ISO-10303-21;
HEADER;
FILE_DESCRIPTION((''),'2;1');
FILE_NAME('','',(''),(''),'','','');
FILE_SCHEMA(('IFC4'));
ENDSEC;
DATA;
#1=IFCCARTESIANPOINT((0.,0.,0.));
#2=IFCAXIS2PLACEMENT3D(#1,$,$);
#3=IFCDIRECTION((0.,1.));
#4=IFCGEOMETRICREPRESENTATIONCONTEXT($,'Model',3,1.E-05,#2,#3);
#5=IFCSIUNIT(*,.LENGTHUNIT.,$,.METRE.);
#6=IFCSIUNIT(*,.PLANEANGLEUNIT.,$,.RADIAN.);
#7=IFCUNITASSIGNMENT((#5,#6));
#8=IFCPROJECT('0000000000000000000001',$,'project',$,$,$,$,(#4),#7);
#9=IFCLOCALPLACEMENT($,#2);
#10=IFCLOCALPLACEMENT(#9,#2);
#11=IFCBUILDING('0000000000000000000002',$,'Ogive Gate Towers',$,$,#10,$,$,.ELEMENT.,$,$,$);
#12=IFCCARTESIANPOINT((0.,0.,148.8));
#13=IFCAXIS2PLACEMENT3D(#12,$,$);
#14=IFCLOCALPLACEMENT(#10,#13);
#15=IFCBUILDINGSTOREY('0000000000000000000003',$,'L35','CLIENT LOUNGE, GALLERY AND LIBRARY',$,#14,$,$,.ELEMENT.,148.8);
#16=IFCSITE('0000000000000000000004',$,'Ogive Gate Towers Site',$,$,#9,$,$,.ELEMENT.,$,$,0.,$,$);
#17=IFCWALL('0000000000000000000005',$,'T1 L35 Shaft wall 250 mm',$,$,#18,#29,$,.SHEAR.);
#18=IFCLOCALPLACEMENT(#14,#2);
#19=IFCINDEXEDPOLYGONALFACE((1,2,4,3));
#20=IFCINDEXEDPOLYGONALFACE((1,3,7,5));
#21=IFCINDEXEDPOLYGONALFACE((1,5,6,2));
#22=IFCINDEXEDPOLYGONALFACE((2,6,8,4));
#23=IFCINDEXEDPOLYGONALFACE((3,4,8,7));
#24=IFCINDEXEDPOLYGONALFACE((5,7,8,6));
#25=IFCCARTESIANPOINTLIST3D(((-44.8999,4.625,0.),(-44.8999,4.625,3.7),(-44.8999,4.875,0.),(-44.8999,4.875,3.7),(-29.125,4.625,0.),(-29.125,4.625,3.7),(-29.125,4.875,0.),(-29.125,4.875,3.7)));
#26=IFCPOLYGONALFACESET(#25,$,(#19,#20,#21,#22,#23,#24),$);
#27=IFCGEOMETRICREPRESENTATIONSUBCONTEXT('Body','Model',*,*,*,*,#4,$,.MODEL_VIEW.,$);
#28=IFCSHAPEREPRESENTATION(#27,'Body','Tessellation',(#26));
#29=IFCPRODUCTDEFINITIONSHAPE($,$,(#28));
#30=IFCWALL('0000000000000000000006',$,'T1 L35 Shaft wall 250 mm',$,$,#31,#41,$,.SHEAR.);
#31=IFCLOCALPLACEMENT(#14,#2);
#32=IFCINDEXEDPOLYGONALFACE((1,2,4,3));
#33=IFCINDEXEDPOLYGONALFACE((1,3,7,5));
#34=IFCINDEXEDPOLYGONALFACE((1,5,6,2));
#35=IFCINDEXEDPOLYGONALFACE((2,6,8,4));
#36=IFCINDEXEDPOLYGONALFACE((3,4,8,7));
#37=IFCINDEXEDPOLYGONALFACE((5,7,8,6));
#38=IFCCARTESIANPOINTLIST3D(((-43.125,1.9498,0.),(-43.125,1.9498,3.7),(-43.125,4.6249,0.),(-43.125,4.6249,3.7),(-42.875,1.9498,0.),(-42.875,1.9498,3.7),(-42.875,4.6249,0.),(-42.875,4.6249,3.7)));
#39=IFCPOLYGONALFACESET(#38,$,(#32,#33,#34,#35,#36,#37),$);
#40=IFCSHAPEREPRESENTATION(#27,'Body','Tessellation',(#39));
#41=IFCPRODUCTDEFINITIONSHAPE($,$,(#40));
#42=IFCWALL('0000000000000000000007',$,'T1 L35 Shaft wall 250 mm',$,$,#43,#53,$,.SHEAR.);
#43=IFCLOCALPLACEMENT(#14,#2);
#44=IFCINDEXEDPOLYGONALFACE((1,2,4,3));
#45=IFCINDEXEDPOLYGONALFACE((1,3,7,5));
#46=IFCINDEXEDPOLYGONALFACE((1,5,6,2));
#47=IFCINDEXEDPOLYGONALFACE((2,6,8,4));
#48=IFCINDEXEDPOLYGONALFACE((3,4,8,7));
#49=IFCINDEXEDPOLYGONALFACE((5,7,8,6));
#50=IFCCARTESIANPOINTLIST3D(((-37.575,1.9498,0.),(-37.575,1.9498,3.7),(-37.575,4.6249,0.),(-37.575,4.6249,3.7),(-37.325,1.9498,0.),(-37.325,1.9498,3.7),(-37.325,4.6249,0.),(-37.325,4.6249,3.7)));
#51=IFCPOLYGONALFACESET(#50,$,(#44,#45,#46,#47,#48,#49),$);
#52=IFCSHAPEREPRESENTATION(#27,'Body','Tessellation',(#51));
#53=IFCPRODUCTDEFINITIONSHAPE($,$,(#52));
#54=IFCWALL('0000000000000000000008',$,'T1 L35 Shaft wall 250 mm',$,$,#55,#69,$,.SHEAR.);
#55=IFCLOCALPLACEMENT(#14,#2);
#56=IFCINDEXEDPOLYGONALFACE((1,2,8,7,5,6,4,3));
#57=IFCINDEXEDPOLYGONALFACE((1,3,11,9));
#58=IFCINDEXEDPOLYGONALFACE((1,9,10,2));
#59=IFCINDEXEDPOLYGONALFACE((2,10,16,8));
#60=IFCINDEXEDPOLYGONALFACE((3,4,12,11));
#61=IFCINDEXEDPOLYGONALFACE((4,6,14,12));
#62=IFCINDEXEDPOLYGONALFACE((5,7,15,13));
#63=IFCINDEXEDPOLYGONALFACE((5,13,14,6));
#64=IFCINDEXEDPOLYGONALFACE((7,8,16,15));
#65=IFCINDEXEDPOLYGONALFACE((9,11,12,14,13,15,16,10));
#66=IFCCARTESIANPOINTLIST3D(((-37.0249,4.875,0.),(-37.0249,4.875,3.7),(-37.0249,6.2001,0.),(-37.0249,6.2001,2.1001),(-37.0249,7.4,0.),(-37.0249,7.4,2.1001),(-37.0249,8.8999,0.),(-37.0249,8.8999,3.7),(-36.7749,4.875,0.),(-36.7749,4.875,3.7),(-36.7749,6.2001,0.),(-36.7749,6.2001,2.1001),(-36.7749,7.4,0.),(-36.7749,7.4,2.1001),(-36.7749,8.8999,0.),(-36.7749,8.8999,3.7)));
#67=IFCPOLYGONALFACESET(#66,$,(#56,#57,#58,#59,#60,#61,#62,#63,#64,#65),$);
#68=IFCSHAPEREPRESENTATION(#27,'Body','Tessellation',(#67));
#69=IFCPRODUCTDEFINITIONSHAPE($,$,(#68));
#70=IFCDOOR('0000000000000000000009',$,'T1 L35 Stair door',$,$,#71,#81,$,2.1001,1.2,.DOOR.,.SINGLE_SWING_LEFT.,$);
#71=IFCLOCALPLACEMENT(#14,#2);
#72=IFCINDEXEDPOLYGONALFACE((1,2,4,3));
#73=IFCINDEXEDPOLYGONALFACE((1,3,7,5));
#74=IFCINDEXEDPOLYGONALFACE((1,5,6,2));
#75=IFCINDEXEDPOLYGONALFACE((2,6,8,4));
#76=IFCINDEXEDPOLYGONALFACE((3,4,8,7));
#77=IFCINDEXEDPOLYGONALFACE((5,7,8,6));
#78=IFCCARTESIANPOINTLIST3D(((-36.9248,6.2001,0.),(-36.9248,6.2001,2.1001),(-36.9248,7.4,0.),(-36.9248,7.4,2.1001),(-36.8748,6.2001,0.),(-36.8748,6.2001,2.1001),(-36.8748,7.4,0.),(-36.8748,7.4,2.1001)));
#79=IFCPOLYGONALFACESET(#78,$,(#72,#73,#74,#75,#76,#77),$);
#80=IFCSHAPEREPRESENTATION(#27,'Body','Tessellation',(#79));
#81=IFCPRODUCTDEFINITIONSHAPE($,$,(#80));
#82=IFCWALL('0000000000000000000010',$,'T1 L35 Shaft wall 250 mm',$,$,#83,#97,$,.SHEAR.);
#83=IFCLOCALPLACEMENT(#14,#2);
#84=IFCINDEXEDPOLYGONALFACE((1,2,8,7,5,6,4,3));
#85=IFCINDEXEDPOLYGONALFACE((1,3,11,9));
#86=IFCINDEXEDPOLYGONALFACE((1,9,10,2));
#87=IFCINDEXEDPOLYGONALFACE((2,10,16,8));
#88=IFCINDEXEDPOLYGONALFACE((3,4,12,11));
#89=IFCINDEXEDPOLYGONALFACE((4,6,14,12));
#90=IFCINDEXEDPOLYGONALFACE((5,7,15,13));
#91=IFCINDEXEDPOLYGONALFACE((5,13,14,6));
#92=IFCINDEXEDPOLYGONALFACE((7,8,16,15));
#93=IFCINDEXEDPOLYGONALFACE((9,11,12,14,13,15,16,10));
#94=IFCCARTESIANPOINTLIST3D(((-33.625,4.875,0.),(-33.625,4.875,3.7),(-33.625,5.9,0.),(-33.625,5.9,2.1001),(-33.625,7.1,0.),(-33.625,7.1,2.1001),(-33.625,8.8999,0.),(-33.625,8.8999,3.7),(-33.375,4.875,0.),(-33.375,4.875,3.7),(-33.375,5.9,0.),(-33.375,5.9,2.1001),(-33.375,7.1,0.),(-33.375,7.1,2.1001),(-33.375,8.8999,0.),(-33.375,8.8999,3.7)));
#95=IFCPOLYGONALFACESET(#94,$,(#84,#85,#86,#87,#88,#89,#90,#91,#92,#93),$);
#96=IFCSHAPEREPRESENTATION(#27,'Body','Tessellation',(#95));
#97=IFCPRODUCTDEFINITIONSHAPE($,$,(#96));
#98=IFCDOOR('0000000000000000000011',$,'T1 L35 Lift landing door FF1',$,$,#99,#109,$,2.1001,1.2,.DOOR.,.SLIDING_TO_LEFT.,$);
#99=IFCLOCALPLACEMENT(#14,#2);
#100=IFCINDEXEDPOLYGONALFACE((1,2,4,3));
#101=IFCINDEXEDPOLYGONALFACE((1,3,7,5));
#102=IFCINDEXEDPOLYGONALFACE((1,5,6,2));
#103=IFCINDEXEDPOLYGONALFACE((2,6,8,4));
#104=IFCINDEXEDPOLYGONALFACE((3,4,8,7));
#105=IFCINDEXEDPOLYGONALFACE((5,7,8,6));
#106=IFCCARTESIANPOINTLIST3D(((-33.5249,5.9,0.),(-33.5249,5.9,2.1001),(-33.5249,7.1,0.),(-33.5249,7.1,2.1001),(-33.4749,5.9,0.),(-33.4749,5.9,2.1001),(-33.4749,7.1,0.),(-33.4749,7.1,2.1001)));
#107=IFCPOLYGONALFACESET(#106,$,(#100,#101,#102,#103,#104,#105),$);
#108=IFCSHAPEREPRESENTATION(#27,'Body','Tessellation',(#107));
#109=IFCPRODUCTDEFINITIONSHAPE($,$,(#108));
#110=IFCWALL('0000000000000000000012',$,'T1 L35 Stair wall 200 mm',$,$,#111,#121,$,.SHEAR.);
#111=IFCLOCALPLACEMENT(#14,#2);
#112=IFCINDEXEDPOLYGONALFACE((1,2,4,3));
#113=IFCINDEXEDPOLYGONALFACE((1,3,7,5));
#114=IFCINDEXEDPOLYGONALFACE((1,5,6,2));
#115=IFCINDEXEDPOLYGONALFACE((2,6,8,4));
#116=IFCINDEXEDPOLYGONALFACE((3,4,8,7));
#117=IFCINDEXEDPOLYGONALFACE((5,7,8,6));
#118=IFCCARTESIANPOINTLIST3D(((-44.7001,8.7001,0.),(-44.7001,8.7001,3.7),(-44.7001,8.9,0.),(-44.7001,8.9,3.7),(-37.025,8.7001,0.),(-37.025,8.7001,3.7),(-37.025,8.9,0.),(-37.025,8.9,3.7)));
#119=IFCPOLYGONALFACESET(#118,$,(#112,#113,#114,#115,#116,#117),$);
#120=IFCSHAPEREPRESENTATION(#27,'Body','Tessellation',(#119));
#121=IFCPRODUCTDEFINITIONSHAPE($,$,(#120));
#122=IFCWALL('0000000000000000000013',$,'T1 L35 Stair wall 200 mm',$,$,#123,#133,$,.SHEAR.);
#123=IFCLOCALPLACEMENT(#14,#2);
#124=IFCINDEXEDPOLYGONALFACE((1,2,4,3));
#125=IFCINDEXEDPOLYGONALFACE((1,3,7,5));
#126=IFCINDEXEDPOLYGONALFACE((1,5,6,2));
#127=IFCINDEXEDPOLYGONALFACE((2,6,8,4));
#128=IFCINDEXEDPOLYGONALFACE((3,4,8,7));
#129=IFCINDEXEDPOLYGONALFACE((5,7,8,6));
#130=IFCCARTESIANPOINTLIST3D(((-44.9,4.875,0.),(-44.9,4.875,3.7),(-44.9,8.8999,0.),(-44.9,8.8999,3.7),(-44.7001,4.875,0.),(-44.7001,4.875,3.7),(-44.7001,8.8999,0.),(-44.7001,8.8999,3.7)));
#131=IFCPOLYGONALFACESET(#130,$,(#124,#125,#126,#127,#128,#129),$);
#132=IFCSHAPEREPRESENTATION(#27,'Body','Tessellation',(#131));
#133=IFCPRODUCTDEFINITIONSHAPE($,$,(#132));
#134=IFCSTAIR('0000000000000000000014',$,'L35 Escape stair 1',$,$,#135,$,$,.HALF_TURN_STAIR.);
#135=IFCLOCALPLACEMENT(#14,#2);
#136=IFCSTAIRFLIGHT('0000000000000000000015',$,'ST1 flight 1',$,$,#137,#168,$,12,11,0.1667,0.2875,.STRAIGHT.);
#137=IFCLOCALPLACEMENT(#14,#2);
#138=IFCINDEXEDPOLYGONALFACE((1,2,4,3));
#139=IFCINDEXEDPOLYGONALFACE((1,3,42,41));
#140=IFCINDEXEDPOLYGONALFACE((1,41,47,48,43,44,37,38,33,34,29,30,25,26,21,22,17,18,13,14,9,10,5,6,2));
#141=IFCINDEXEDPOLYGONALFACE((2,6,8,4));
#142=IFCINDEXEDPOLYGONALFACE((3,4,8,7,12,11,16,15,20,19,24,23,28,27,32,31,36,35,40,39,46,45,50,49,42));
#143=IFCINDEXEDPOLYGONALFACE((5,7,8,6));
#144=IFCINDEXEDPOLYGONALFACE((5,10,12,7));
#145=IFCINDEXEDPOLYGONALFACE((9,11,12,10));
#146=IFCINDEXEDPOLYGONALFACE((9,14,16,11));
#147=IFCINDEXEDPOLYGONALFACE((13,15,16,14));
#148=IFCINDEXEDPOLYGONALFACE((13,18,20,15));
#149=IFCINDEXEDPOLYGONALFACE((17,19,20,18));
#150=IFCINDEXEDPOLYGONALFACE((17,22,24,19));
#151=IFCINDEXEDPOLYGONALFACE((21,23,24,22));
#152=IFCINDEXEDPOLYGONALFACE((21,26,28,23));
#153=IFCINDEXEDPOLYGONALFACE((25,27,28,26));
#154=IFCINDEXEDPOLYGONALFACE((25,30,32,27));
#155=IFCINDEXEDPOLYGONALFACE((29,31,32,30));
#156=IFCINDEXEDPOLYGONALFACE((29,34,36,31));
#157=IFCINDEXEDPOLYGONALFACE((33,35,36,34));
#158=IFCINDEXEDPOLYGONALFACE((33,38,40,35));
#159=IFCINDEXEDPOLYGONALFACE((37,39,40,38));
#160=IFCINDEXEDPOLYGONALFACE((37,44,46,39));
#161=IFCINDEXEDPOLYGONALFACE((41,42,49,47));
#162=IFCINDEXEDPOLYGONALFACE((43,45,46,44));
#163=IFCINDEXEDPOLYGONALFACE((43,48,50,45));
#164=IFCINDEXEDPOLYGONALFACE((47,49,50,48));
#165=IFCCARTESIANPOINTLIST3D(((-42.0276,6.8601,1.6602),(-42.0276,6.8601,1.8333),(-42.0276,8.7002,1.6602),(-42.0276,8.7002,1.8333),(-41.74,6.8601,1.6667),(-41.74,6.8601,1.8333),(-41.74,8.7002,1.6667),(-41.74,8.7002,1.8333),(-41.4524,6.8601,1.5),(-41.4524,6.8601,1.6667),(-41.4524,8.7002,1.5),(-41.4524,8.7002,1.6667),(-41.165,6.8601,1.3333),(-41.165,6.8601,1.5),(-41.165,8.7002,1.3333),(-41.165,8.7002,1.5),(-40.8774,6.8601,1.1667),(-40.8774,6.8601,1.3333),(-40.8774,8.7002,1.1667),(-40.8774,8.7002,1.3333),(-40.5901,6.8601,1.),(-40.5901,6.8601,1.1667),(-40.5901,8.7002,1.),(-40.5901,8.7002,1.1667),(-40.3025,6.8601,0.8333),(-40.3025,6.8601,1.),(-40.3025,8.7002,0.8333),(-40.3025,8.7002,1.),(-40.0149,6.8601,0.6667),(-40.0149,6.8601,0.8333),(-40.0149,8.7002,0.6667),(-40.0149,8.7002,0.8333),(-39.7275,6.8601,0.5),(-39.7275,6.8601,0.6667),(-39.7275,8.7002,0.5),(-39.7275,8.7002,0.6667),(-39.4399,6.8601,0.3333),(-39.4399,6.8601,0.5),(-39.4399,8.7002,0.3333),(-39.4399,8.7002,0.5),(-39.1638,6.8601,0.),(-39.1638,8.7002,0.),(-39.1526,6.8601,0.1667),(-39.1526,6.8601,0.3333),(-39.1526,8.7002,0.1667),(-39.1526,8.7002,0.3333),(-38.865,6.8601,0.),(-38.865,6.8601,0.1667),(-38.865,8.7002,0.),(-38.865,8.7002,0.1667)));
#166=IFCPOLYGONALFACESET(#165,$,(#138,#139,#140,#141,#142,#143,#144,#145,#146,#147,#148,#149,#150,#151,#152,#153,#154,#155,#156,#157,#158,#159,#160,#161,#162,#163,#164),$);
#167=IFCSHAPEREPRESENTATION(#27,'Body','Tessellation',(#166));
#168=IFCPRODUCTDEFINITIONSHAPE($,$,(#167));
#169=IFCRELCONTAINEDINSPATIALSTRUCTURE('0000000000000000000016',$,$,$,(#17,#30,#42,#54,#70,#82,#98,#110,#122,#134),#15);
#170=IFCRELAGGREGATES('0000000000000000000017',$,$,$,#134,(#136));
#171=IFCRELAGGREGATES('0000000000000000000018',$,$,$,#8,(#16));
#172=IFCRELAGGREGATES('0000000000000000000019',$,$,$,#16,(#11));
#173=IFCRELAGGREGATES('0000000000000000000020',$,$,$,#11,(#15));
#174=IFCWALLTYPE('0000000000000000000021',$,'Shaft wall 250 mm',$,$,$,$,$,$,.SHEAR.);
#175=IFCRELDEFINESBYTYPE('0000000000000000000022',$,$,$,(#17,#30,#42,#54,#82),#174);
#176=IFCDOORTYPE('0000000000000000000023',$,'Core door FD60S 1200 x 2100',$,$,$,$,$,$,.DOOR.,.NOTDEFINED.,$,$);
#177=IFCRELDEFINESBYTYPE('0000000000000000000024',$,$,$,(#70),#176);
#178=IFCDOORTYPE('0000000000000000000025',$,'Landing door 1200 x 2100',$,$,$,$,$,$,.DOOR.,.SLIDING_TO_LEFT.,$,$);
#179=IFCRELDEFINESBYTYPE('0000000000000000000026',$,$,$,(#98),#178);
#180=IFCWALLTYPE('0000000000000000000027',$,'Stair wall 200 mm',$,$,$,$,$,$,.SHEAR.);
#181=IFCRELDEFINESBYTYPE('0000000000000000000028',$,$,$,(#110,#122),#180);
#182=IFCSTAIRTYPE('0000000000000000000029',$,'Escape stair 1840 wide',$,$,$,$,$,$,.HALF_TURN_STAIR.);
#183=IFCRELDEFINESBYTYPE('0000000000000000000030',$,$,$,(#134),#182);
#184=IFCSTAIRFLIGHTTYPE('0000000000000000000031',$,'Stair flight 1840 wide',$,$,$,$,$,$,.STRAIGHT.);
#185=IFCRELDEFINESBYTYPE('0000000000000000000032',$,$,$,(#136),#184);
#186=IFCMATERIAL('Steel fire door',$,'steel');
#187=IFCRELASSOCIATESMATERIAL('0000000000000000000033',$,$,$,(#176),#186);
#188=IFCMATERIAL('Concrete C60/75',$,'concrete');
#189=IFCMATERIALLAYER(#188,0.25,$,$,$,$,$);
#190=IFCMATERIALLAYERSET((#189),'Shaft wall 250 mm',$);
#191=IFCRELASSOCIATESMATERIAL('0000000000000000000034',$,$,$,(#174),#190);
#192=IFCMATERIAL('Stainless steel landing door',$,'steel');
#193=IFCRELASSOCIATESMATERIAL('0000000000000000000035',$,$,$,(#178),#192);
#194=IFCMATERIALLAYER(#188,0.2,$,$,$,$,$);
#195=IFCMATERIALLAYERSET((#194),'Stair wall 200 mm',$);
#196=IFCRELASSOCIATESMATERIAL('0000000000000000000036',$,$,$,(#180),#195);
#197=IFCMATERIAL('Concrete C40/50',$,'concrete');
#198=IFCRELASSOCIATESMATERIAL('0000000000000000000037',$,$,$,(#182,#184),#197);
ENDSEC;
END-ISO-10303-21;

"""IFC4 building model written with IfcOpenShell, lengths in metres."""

from ifc_helpers import new_model, si_unit, direction, frame, frame_2d, origin, place, context, subcontext, project, spatial, polyline, rectangle, outline, extrude, material, layer, layer_set, type_object, element, fill, aggregate, save


model = new_model("IFC4")

# Units and contexts
model_context = context("Model", 3, precision=1e-05, world=origin(), true_north=direction((0.0, 1.0)))
body_context = subcontext(model_context, "Body", "Model", "MODEL_VIEW")
ifc_project = project(units=[si_unit("LENGTHUNIT", "METRE"), si_unit("PLANEANGLEUNIT", "RADIAN")], contexts=[model_context])

# Site, building, storey
site_placement = place(None, origin())
site = spatial("IfcSite", under=ifc_project, at=site_placement, Name="Ogive Gate Towers Site", CompositionType="ELEMENT", RefElevation=0.0)
building_placement = place(site_placement, origin())
building = spatial("IfcBuilding", under=site, at=building_placement, Name="Ogive Gate Towers", CompositionType="ELEMENT")
storey_placement = place(building_placement, frame((0.0, 0.0, 148.8)))
storey = spatial("IfcBuildingStorey", under=building, at=storey_placement, Name="L35", Description="CLIENT LOUNGE, GALLERY AND LIBRARY", CompositionType="ELEMENT", Elevation=148.8)

# Shared definitions
ifc_material_1 = material(Name="Concrete C60/75", Category="concrete")
ifc_material_2 = material(Name="Steel fire door", Category="steel")
door_type_1 = type_object("IfcDoorType", Name="Core door FD60S 1200 x 2100", OperationType="NOTDEFINED", PredefinedType="DOOR", material=ifc_material_2)

# Walls
ifc_layer_1 = layer(ifc_material_1, 0.25)
ifc_layer_set_1 = layer_set([ifc_layer_1], Name="Shaft wall 250 mm")
wall_type_1 = type_object("IfcWallType", Name="Shaft wall 250 mm", PredefinedType="SHEAR", material=ifc_layer_set_1)
wall_1_placement = place(storey_placement, frame((-44.8999, 4.75, 0.0), z_axis=(0.0, 0.0, 1.0), x_axis=(1.0, 0.0, 0.0)))
element("IfcWall", 1, at=wall_1_placement, inside=storey, type_object=wall_type_1, Name="T1 L35 Shaft wall 250 mm", PredefinedType="SHEAR", context=body_context, shape_type="SweptSolid", body=[
    extrude(rectangle(XDim=15.7749, YDim=0.25, at=frame_2d((7.8875, 0.0))), origin(), (0.0, 0.0, 1.0), 3.7),
])
for number, where, z_axis, x_axis, name in (
    (2, (-43.0, 1.95, 0.0), (0.0, 0.0, 1.0), (0.0, 1.0, 0.0), "T1 L35 Shaft wall 250 mm"),
    (3, (-37.45, 1.95, 0.0), (0.0, 0.0, 1.0), (0.0, 1.0, 0.0), "T1 L35 Shaft wall 250 mm"),
):
    element("IfcWall", number, at=place(storey_placement, frame(where, z_axis=z_axis, x_axis=x_axis)), inside=storey, type_object=wall_type_1, Name=name, PredefinedType="SHEAR", context=body_context, shape_type="SweptSolid", body=[
        extrude(rectangle(XDim=2.675, YDim=0.25, at=frame_2d((1.3374, 0.0))), origin(), (0.0, 0.0, 1.0), 3.7),
    ])

# Walls, openings, doors
wall_2_placement = place(storey_placement, frame((-36.8999, 4.875, 0.0), z_axis=(0.0, 0.0, 1.0), x_axis=(0.0, 1.0, 0.0)))
wall_2 = element("IfcWall", 4, at=wall_2_placement, inside=storey, type_object=wall_type_1, Name="T1 L35 Shaft wall 250 mm", PredefinedType="SHEAR", context=body_context, shape_type="SweptSolid", body=[
    extrude(rectangle(XDim=4.0249, YDim=0.25, at=frame_2d((2.0125, 0.0))), origin(), (0.0, 0.0, 1.0), 3.7),
])
opening_1_placement = place(wall_2_placement, frame((1.325, 0.0, 0.0)))
opening_1 = element("IfcOpeningElement", 5, at=opening_1_placement, cuts=wall_2, PredefinedType="OPENING", context=body_context, shape_type="SweptSolid", body=[
    extrude(rectangle(XDim=1.2, YDim=2.1001, at=frame_2d((0.6001, 1.05))), frame((0.0, 0.135, 0.0), z_axis=(0.0, -1.0, 0.0), x_axis=(1.0, 0.0, 0.0)), (0.0, 0.0, 1.0), 0.27),
])
door_1_placement = place(opening_1_placement, origin())
door_1 = element("IfcDoor", 6, at=door_1_placement, inside=storey, type_object=door_type_1, Name="T1 L35 Stair door", OperationType="SINGLE_SWING_LEFT", OverallHeight=2.1001, OverallWidth=1.2, PredefinedType="DOOR", context=body_context, shape_type="SweptSolid", body=[
    extrude(rectangle(XDim=1.2, YDim=2.1001, at=frame_2d((0.6001, 1.05))), frame((0.0, 0.0249, 0.0), z_axis=(0.0, -1.0, 0.0), x_axis=(1.0, 0.0, 0.0)), (0.0, 0.0, 1.0), 0.05),
])
fill(opening_1, door_1)
wall_3_placement = place(storey_placement, frame((-33.5, 4.875, 0.0), z_axis=(0.0, 0.0, 1.0), x_axis=(0.0, 1.0, 0.0)))
wall_3 = element("IfcWall", 7, at=wall_3_placement, inside=storey, type_object=wall_type_1, Name="T1 L35 Shaft wall 250 mm", PredefinedType="SHEAR", context=body_context, shape_type="SweptSolid", body=[
    extrude(rectangle(XDim=4.0249, YDim=0.25, at=frame_2d((2.0125, 0.0))), origin(), (0.0, 0.0, 1.0), 3.7),
])
opening_2_placement = place(wall_3_placement, frame((1.0249, 0.0, 0.0)))
opening_2 = element("IfcOpeningElement", 8, at=opening_2_placement, cuts=wall_3, PredefinedType="OPENING", context=body_context, shape_type="SweptSolid", body=[
    extrude(rectangle(XDim=1.2, YDim=2.1001, at=frame_2d((0.6001, 1.05))), frame((0.0, 0.135, 0.0), z_axis=(0.0, -1.0, 0.0), x_axis=(1.0, 0.0, 0.0)), (0.0, 0.0, 1.0), 0.27),
])
ifc_material_3 = material(Name="Stainless steel landing door", Category="steel")
door_type_2 = type_object("IfcDoorType", Name="Landing door 1200 x 2100", OperationType="SLIDING_TO_LEFT", PredefinedType="DOOR", material=ifc_material_3)
door_2_placement = place(opening_2_placement, origin())
door_2 = element("IfcDoor", 9, at=door_2_placement, inside=storey, type_object=door_type_2, Name="T1 L35 Lift landing door FF1", OperationType="SLIDING_TO_LEFT", OverallHeight=2.1001, OverallWidth=1.2, PredefinedType="DOOR", context=body_context, shape_type="SweptSolid", body=[
    extrude(rectangle(XDim=1.2, YDim=2.1001, at=frame_2d((0.6001, 1.05))), frame((0.0, 0.0249, 0.0), z_axis=(0.0, -1.0, 0.0), x_axis=(1.0, 0.0, 0.0)), (0.0, 0.0, 1.0), 0.05),
])
fill(opening_2, door_2)

# Walls
ifc_layer_2 = layer(ifc_material_1, 0.2)
ifc_layer_set_2 = layer_set([ifc_layer_2], Name="Stair wall 200 mm")
wall_type_2 = type_object("IfcWallType", Name="Stair wall 200 mm", PredefinedType="SHEAR", material=ifc_layer_set_2)
wall_4_placement = place(storey_placement, frame((-44.7, 8.8, 0.0), z_axis=(0.0, 0.0, 1.0), x_axis=(1.0, 0.0, 0.0)))
element("IfcWall", 10, at=wall_4_placement, inside=storey, type_object=wall_type_2, Name="T1 L35 Stair wall 200 mm", PredefinedType="SHEAR", context=body_context, shape_type="SweptSolid", body=[
    extrude(rectangle(XDim=7.675, YDim=0.2, at=frame_2d((3.8374, 0.0))), origin(), (0.0, 0.0, 1.0), 3.7),
])
wall_5_placement = place(storey_placement, frame((-44.8, 4.875, 0.0), z_axis=(0.0, 0.0, 1.0), x_axis=(0.0, 1.0, 0.0)))
element("IfcWall", 11, at=wall_5_placement, inside=storey, type_object=wall_type_2, Name="T1 L35 Stair wall 200 mm", PredefinedType="SHEAR", context=body_context, shape_type="SweptSolid", body=[
    extrude(rectangle(XDim=4.0249, YDim=0.2, at=frame_2d((2.0125, 0.0))), origin(), (0.0, 0.0, 1.0), 3.7),
])

# Stair, stair flight
ifc_material_4 = material(Name="Concrete C40/50", Category="concrete")
stair_type = type_object("IfcStairType", Name="Escape stair 1840 wide", PredefinedType="HALF_TURN_STAIR", material=ifc_material_4)
stair_placement = place(storey_placement, origin())
stair = element("IfcStair", 12, at=stair_placement, inside=storey, type_object=stair_type, Name="L35 Escape stair 1", PredefinedType="HALF_TURN_STAIR")
stair_flight_type = type_object("IfcStairFlightType", Name="Stair flight 1840 wide", PredefinedType="STRAIGHT", material=ifc_material_4)
stair_flight_1_placement = place(storey_placement, frame((-38.865, 7.78, 0.0), z_axis=(0.0, 0.0, 1.0), x_axis=(-1.0, 0.0, 0.0)))
stair_flight_1 = element("IfcStairFlight", 13, at=stair_flight_1_placement, type_object=stair_flight_type, Name="ST1 flight 1", NumberOfRisers=12, NumberOfTreads=11, PredefinedType="STRAIGHT", RiserHeight=0.1667, TreadLength=0.2875, context=body_context, shape_type="SweptSolid", body=[
    extrude(outline(polyline([(0.0, 0.0), (0.0, 0.1667), (0.2876, 0.1667), (0.2876, 0.3333), (0.575, 0.3333), (0.575, 0.5), (0.8625, 0.5), (0.8625, 0.6667), (1.1499, 0.6667), (1.1499, 0.8333), (1.4375, 0.8333), (1.4375, 1.0), (1.7251, 1.0), (1.7251, 1.1667), (2.0125, 1.1667), (2.0125, 1.3333), (2.3, 1.3333), (2.3, 1.5), (2.5874, 1.5), (2.5874, 1.6667), (2.875, 1.6667), (2.875, 1.8333), (3.1626, 1.8333), (3.1626, 2.0), (3.1626, 1.6602), (0.2988, 0.0), (0.0, 0.0)])), frame((0.0, 0.9199, 0.0), z_axis=(0.0, -1.0, 0.0), x_axis=(1.0, 0.0, 0.0)), (0.0, 0.0, 1.0), 1.8401),
])
aggregate(stair, [stair_flight_1])

save(model, "model.ifc")
